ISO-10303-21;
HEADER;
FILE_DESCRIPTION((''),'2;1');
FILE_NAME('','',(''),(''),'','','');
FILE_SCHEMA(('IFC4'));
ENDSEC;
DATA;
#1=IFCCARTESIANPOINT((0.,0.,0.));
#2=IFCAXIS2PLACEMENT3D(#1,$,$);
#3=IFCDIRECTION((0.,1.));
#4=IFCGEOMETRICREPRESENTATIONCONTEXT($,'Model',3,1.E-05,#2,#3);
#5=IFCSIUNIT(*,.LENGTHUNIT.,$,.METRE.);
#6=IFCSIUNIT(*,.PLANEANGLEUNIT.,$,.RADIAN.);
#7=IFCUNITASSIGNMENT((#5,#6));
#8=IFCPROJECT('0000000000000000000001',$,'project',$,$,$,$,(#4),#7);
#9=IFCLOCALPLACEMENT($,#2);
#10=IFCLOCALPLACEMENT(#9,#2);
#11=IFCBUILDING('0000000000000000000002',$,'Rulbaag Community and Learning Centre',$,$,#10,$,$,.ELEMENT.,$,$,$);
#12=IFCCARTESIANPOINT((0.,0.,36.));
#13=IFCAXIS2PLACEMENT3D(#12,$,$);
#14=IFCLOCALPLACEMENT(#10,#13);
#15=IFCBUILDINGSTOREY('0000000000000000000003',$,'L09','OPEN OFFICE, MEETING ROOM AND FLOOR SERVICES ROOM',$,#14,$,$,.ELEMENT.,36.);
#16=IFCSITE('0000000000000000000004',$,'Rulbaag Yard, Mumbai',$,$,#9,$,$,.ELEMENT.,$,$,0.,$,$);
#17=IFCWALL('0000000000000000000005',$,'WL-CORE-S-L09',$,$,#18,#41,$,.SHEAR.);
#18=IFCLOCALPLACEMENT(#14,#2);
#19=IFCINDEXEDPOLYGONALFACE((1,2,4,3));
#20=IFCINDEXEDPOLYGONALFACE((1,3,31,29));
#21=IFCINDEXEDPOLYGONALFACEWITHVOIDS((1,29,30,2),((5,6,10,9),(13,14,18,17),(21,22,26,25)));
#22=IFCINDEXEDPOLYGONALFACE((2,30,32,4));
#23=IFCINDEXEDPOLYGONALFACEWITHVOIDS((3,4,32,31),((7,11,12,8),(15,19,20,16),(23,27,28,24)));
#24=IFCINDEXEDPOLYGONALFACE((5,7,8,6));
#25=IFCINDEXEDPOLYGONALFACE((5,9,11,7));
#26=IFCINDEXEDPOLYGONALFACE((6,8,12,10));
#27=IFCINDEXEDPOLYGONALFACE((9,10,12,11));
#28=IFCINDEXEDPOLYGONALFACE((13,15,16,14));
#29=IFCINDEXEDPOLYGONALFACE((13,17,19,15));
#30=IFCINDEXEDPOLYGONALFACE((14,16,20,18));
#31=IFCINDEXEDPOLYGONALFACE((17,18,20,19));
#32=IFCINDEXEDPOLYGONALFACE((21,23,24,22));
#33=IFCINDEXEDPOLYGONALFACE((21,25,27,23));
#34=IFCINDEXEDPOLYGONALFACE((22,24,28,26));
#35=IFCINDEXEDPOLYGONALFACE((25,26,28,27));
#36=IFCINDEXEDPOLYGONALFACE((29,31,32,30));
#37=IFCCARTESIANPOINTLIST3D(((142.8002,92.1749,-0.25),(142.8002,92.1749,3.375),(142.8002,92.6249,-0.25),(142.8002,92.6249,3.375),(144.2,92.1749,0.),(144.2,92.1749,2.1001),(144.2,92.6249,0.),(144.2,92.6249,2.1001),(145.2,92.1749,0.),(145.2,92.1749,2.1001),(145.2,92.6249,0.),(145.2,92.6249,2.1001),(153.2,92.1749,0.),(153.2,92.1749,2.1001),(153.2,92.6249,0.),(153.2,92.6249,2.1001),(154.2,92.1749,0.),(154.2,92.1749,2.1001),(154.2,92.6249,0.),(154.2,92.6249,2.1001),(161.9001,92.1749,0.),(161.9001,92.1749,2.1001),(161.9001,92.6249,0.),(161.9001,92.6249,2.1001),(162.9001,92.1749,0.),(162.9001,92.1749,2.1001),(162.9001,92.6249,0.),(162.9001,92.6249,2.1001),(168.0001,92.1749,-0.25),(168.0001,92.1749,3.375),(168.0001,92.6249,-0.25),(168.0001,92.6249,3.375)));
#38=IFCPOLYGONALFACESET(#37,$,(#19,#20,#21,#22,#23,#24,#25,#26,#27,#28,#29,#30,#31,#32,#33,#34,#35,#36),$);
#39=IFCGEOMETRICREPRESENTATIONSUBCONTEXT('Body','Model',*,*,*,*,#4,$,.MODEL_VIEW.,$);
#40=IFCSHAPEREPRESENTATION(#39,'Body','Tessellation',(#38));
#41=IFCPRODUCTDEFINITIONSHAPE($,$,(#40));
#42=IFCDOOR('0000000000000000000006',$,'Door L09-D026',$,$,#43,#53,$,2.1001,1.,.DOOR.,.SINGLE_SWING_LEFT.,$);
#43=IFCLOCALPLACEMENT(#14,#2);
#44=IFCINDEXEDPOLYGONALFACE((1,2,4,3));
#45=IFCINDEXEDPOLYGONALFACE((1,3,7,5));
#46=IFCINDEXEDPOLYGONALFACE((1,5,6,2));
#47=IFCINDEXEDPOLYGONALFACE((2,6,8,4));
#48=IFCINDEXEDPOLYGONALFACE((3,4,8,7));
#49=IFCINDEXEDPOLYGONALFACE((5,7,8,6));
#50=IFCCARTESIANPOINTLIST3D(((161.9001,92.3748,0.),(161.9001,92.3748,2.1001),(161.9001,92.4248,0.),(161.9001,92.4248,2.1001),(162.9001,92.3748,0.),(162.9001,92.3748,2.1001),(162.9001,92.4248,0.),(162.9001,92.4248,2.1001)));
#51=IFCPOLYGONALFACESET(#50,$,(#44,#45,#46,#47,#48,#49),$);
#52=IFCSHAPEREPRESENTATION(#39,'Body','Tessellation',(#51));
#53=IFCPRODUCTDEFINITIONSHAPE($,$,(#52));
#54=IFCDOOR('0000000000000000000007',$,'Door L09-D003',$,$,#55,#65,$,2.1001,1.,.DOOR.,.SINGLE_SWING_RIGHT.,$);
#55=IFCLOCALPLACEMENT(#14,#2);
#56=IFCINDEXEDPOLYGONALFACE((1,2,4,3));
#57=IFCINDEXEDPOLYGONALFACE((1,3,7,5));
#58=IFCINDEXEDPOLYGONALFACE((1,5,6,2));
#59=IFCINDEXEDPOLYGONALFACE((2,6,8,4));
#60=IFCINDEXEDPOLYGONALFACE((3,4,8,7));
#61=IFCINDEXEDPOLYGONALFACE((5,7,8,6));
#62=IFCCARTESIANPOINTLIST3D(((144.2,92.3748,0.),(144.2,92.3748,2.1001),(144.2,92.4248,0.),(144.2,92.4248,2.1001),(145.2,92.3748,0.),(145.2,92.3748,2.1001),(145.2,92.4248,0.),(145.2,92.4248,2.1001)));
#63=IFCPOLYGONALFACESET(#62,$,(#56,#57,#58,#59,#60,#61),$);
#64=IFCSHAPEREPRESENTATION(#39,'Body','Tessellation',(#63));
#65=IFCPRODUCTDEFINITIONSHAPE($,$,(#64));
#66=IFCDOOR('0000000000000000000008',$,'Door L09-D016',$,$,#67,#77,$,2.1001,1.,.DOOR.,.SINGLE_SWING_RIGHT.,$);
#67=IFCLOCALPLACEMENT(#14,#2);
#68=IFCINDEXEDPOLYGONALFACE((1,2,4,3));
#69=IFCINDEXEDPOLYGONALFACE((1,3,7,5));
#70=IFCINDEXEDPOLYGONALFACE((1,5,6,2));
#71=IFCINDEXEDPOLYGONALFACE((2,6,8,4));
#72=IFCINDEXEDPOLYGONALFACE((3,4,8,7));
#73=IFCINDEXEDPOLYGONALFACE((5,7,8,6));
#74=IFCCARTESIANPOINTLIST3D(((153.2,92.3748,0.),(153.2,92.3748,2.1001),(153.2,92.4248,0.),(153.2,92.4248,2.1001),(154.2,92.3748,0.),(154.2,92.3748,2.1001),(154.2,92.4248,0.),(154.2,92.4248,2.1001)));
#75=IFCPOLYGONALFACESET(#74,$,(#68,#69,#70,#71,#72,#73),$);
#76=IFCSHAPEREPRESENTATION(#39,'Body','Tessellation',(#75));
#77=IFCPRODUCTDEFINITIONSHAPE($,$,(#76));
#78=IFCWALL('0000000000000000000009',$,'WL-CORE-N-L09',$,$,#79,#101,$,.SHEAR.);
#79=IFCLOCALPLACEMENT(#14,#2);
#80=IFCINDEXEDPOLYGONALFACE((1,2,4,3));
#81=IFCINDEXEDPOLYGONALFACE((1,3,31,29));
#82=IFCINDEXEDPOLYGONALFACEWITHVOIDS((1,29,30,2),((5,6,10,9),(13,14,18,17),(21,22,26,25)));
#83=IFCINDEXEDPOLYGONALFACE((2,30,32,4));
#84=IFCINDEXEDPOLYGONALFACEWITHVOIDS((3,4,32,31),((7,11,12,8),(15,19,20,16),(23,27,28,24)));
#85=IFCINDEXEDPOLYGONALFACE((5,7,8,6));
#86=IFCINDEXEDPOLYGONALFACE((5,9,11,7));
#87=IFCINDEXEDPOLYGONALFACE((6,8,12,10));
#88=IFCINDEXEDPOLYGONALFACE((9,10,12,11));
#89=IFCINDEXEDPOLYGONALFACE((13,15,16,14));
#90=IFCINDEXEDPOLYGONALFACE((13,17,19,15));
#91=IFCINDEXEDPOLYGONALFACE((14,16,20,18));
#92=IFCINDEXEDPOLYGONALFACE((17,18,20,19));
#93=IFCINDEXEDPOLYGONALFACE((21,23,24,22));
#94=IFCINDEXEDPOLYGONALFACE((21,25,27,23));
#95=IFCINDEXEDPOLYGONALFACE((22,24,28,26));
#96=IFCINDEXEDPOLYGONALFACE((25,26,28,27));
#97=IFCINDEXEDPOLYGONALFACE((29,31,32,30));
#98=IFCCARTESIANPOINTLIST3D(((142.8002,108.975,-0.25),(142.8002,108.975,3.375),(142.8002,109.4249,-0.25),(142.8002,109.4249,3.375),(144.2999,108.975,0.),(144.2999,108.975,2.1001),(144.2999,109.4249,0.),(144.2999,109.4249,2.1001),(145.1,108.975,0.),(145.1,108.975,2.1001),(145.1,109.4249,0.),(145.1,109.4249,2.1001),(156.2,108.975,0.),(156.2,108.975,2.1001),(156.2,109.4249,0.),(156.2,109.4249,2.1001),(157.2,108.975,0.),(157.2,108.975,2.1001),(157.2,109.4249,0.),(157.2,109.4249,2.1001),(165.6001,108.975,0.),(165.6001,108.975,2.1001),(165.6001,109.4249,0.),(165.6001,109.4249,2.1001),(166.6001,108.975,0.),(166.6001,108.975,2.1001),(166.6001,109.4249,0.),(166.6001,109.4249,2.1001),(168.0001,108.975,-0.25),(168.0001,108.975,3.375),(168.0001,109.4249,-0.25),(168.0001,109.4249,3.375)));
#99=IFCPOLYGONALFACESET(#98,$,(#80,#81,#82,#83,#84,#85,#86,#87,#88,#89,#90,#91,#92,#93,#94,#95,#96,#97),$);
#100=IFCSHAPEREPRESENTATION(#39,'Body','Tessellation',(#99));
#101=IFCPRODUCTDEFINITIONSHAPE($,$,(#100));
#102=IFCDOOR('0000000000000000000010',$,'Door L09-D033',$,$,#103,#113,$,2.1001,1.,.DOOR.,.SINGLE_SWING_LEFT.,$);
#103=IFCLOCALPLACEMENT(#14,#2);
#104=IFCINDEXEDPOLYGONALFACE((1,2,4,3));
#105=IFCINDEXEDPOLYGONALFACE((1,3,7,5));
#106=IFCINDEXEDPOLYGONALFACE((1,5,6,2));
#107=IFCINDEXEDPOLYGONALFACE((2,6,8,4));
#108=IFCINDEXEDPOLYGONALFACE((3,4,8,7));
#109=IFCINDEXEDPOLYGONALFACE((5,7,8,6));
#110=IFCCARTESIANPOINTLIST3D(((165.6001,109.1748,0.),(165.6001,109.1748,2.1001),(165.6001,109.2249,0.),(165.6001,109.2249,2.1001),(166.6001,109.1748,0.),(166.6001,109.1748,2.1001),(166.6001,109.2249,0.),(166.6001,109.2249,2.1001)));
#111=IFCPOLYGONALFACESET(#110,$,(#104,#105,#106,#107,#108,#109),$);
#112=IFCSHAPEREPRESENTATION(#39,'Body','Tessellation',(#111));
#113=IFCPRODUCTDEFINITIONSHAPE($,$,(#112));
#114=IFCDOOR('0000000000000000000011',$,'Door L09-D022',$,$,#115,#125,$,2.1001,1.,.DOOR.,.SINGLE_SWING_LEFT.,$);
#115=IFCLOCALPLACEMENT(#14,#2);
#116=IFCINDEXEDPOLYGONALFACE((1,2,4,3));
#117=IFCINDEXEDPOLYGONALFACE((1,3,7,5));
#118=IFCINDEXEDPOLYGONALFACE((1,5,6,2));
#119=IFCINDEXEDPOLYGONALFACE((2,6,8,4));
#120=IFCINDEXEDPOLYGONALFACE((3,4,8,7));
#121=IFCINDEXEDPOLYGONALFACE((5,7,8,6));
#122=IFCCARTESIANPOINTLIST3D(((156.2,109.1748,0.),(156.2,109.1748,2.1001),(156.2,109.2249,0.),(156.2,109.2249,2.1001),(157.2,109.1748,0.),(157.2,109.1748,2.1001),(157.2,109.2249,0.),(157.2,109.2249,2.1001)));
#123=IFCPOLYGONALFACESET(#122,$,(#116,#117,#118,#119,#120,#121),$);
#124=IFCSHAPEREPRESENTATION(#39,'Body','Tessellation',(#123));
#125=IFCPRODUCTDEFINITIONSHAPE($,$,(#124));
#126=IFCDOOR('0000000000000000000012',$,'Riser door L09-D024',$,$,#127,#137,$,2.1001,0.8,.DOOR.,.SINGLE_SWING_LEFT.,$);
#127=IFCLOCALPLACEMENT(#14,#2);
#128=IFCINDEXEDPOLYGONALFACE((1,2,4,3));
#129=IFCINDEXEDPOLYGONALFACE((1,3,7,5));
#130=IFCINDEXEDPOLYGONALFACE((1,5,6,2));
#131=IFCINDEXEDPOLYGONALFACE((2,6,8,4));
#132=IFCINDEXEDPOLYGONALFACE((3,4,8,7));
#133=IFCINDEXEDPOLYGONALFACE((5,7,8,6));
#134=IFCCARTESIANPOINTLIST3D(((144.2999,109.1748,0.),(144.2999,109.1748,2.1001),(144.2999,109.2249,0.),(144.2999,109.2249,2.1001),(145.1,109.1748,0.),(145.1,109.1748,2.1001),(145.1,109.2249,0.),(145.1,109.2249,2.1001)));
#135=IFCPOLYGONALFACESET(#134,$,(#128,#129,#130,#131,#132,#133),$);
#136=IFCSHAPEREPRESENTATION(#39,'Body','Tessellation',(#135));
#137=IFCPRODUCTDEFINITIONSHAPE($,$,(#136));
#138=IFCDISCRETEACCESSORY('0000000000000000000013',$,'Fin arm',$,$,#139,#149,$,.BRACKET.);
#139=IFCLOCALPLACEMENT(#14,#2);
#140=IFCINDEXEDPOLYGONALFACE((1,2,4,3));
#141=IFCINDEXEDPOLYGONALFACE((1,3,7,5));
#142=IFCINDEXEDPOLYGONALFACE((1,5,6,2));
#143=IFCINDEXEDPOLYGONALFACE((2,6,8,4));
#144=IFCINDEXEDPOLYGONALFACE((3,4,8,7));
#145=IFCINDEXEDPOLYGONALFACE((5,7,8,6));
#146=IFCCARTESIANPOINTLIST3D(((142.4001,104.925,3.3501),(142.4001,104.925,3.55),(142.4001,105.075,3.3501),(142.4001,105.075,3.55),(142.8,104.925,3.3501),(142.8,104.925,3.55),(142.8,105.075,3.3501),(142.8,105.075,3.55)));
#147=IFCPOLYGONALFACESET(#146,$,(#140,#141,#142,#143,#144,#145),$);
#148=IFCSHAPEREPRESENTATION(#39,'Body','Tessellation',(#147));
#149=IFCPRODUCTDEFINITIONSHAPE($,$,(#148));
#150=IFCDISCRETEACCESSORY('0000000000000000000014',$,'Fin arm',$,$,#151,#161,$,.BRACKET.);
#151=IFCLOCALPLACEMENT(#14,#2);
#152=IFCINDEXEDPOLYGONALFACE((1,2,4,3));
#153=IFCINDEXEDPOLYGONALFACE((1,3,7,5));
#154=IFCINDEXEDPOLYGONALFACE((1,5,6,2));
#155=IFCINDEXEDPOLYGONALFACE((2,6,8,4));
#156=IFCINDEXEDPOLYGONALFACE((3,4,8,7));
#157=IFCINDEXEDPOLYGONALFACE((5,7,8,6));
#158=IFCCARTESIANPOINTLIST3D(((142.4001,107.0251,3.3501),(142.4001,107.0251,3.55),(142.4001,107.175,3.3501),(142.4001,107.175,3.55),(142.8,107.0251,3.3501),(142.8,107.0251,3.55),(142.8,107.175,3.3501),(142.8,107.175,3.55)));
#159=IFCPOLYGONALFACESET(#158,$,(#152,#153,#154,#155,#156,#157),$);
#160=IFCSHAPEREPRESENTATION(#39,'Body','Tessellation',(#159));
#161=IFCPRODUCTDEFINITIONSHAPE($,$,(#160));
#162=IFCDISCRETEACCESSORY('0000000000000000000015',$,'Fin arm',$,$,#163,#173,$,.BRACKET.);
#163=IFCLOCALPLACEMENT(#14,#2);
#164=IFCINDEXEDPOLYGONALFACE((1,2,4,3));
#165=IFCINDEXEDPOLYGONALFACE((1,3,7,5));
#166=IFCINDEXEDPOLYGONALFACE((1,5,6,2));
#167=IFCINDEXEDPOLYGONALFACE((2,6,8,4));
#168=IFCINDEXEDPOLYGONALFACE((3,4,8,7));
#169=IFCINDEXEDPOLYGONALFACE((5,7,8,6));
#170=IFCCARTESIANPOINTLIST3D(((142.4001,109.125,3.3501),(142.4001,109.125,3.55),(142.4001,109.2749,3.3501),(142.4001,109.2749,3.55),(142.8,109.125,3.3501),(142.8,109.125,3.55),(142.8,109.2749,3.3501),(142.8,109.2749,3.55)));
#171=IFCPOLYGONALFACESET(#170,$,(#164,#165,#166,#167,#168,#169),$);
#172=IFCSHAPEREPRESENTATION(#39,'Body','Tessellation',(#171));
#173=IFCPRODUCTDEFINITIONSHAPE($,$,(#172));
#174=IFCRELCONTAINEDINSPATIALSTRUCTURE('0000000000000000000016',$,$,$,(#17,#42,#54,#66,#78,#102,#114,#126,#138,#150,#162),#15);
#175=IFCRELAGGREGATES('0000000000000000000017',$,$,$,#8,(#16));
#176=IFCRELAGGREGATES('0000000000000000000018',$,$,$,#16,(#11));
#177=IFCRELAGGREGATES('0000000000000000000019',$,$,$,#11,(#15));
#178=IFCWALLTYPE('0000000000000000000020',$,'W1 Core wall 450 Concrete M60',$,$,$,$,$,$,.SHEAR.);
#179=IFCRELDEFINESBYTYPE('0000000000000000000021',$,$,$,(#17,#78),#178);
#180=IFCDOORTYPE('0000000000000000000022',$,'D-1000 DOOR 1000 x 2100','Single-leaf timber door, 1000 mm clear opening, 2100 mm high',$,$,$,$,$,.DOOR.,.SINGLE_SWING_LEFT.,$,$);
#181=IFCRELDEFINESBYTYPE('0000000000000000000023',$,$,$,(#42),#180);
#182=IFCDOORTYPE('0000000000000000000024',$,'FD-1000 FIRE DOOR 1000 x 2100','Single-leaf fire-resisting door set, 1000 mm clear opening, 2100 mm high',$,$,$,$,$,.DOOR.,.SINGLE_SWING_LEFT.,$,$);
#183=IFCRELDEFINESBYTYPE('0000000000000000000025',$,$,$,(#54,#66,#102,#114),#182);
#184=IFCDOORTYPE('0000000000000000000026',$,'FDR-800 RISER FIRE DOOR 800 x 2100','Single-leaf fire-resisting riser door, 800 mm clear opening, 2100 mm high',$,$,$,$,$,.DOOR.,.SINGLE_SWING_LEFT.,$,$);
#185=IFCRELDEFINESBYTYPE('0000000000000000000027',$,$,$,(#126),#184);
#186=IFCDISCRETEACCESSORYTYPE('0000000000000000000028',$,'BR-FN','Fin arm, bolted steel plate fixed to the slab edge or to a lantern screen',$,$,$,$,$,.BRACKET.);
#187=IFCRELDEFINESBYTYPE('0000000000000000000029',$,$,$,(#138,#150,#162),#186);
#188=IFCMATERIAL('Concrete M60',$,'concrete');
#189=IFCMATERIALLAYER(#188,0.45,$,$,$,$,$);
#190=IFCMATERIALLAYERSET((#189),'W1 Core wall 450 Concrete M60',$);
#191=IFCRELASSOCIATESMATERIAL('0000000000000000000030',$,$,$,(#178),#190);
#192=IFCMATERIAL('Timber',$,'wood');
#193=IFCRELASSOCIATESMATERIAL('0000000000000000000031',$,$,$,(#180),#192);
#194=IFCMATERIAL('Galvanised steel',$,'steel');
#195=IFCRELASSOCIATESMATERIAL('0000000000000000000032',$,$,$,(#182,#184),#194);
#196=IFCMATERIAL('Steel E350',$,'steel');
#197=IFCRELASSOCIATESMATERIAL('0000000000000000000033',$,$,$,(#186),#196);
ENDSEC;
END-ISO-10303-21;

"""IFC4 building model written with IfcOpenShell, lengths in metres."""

from ifc_helpers import new_model, si_unit, direction, frame, frame_2d, origin, origin_2d, place, context, subcontext, project, spatial, rectangle, extrude, material, layer, layer_set, type_object, element, fill, save


model = new_model("IFC4")

# Units and contexts
model_context = context("Model", 3, precision=1e-05, world=origin(), true_north=direction((0.0, 1.0)))
body_context = subcontext(model_context, "Body", "Model", "MODEL_VIEW")
ifc_project = project(units=[si_unit("LENGTHUNIT", "METRE"), si_unit("PLANEANGLEUNIT", "RADIAN")], contexts=[model_context])

# Site, building, storey
site_placement = place(None, origin())
site = spatial("IfcSite", under=ifc_project, at=site_placement, Name="Rulbaag Yard, Mumbai", CompositionType="ELEMENT", RefElevation=0.0)
building_placement = place(site_placement, origin())
building = spatial("IfcBuilding", under=site, at=building_placement, Name="Rulbaag Community and Learning Centre", CompositionType="ELEMENT")
storey_placement = place(building_placement, frame((0.0, 0.0, 36.0)))
storey = spatial("IfcBuildingStorey", under=building, at=storey_placement, Name="L09", Description="OPEN OFFICE, MEETING ROOM AND FLOOR SERVICES ROOM", CompositionType="ELEMENT", Elevation=36.0)

# Shared definitions
ifc_material_1 = material(Name="Concrete M60", Category="concrete")

# Walls, openings, doors
ifc_layer_1 = layer(ifc_material_1, 0.45)
ifc_layer_set_1 = layer_set([ifc_layer_1], Name="W1 Core wall 450 Concrete M60")
wall_type_1 = type_object("IfcWallType", Name="W1 Core wall 450 Concrete M60", PredefinedType="SHEAR", material=ifc_layer_set_1)
wall_1_placement = place(storey_placement, frame((142.8, 92.3999, -0.25), z_axis=(0.0, 0.0, 1.0), x_axis=(1.0, 0.0, 0.0)))
wall_1 = element("IfcWall", 1, at=wall_1_placement, inside=storey, type_object=wall_type_1, Name="WL-CORE-S-L09", PredefinedType="SHEAR", context=body_context, shape_type="SweptSolid", body=[
    extrude(rectangle(XDim=25.2, YDim=0.45, at=frame_2d((12.6001, 0.0))), origin(), (0.0, 0.0, 1.0), 3.625),
])
opening_1_placement = place(wall_1_placement, frame((1.3999, 0.0, 0.25)))
opening_1 = element("IfcOpeningElement", 2, at=opening_1_placement, cuts=wall_1, PredefinedType="OPENING", context=body_context, shape_type="SweptSolid", body=[
    extrude(rectangle(XDim=1.0, YDim=2.1001, at=frame_2d((0.5, 1.05))), frame((0.0, 0.2349, 0.0), z_axis=(0.0, -1.0, 0.0), x_axis=(1.0, 0.0, 0.0)), (0.0, 0.0, 1.0), 0.47),
])
opening_2_placement = place(wall_1_placement, frame((19.1001, 0.0, 0.25)))
opening_2 = element("IfcOpeningElement", 3, at=opening_2_placement, cuts=wall_1, PredefinedType="OPENING", context=body_context, shape_type="SweptSolid", body=[
    extrude(rectangle(XDim=1.0, YDim=2.1001, at=frame_2d((0.5, 1.05))), frame((0.0, 0.2349, 0.0), z_axis=(0.0, -1.0, 0.0), x_axis=(1.0, 0.0, 0.0)), (0.0, 0.0, 1.0), 0.47),
])
opening_3_placement = place(wall_1_placement, frame((10.3999, 0.0, 0.25)))
opening_3 = element("IfcOpeningElement", 4, at=opening_3_placement, cuts=wall_1, PredefinedType="OPENING", context=body_context, shape_type="SweptSolid", body=[
    extrude(rectangle(XDim=1.0, YDim=2.1001, at=frame_2d((0.5, 1.05))), frame((0.0, 0.2349, 0.0), z_axis=(0.0, -1.0, 0.0), x_axis=(1.0, 0.0, 0.0)), (0.0, 0.0, 1.0), 0.47),
])
ifc_material_2 = material(Name="Timber", Category="wood")
door_type_1 = type_object("IfcDoorType", Name="D-1000 DOOR 1000 x 2100", Description="Single-leaf timber door, 1000 mm clear opening, 2100 mm high", OperationType="SINGLE_SWING_LEFT", PredefinedType="DOOR", material=ifc_material_2)
door_1_placement = place(opening_2_placement, origin())
door_1 = element("IfcDoor", 5, at=door_1_placement, inside=storey, type_object=door_type_1, Name="Door L09-D026", OperationType="SINGLE_SWING_LEFT", OverallHeight=2.1001, OverallWidth=1.0, PredefinedType="DOOR", context=body_context, shape_type="SweptSolid", body=[
    extrude(rectangle(XDim=1.0, YDim=2.1001, at=frame_2d((0.5, 1.05))), frame((0.0, 0.0249, 0.0), z_axis=(0.0, -1.0, 0.0), x_axis=(1.0, 0.0, 0.0)), (0.0, 0.0, 1.0), 0.05),
])
fill(opening_2, door_1)
ifc_material_3 = material(Name="Galvanised steel", Category="steel")
door_type_2 = type_object("IfcDoorType", Name="FD-1000 FIRE DOOR 1000 x 2100", Description="Single-leaf fire-resisting door set, 1000 mm clear opening, 2100 mm high", OperationType="SINGLE_SWING_LEFT", PredefinedType="DOOR", material=ifc_material_3)
door_2_placement = place(opening_1_placement, origin())
door_2 = element("IfcDoor", 6, at=door_2_placement, inside=storey, type_object=door_type_2, Name="Door L09-D003", OperationType="SINGLE_SWING_RIGHT", OverallHeight=2.1001, OverallWidth=1.0, PredefinedType="DOOR", context=body_context, shape_type="SweptSolid", body=[
    extrude(rectangle(XDim=1.0, YDim=2.1001, at=frame_2d((0.5, 1.05))), frame((0.0, 0.0249, 0.0), z_axis=(0.0, -1.0, 0.0), x_axis=(1.0, 0.0, 0.0)), (0.0, 0.0, 1.0), 0.05),
])
fill(opening_1, door_2)
door_3_placement = place(opening_3_placement, origin())
door_3 = element("IfcDoor", 7, at=door_3_placement, inside=storey, type_object=door_type_2, Name="Door L09-D016", OperationType="SINGLE_SWING_RIGHT", OverallHeight=2.1001, OverallWidth=1.0, PredefinedType="DOOR", context=body_context, shape_type="SweptSolid", body=[
    extrude(rectangle(XDim=1.0, YDim=2.1001, at=frame_2d((0.5, 1.05))), frame((0.0, 0.0249, 0.0), z_axis=(0.0, -1.0, 0.0), x_axis=(1.0, 0.0, 0.0)), (0.0, 0.0, 1.0), 0.05),
])
fill(opening_3, door_3)
wall_2_placement = place(storey_placement, frame((142.8, 109.2, -0.25), z_axis=(0.0, 0.0, 1.0), x_axis=(1.0, 0.0, 0.0)))
wall_2 = element("IfcWall", 8, at=wall_2_placement, inside=storey, type_object=wall_type_1, Name="WL-CORE-N-L09", PredefinedType="SHEAR", context=body_context, shape_type="SweptSolid", body=[
    extrude(rectangle(XDim=25.2, YDim=0.45, at=frame_2d((12.6001, 0.0))), origin(), (0.0, 0.0, 1.0), 3.625),
])
opening_4_placement = place(wall_2_placement, frame((22.8, 0.0, 0.25)))
opening_4 = element("IfcOpeningElement", 9, at=opening_4_placement, cuts=wall_2, PredefinedType="OPENING", context=body_context, shape_type="SweptSolid", body=[
    extrude(rectangle(XDim=1.0, YDim=2.1001, at=frame_2d((0.5, 1.05))), frame((0.0, 0.2349, 0.0), z_axis=(0.0, -1.0, 0.0), x_axis=(1.0, 0.0, 0.0)), (0.0, 0.0, 1.0), 0.47),
])
opening_5_placement = place(wall_2_placement, frame((1.5, 0.0, 0.25)))
opening_5 = element("IfcOpeningElement", 10, at=opening_5_placement, cuts=wall_2, PredefinedType="OPENING", context=body_context, shape_type="SweptSolid", body=[
    extrude(rectangle(XDim=0.8, YDim=2.1001, at=frame_2d((0.3999, 1.05))), frame((0.0, 0.2349, 0.0), z_axis=(0.0, -1.0, 0.0), x_axis=(1.0, 0.0, 0.0)), (0.0, 0.0, 1.0), 0.47),
])
opening_6_placement = place(wall_2_placement, frame((13.3999, 0.0, 0.25)))
opening_6 = element("IfcOpeningElement", 11, at=opening_6_placement, cuts=wall_2, PredefinedType="OPENING", context=body_context, shape_type="SweptSolid", body=[
    extrude(rectangle(XDim=1.0, YDim=2.1001, at=frame_2d((0.5, 1.05))), frame((0.0, 0.2349, 0.0), z_axis=(0.0, -1.0, 0.0), x_axis=(1.0, 0.0, 0.0)), (0.0, 0.0, 1.0), 0.47),
])
door_4_placement = place(opening_4_placement, origin())
door_4 = element("IfcDoor", 12, at=door_4_placement, inside=storey, type_object=door_type_2, Name="Door L09-D033", OperationType="SINGLE_SWING_LEFT", OverallHeight=2.1001, OverallWidth=1.0, PredefinedType="DOOR", context=body_context, shape_type="SweptSolid", body=[
    extrude(rectangle(XDim=1.0, YDim=2.1001, at=frame_2d((0.5, 1.05))), frame((0.0, 0.0249, 0.0), z_axis=(0.0, -1.0, 0.0), x_axis=(1.0, 0.0, 0.0)), (0.0, 0.0, 1.0), 0.05),
])
fill(opening_4, door_4)
door_5_placement = place(opening_6_placement, origin())
door_5 = element("IfcDoor", 13, at=door_5_placement, inside=storey, type_object=door_type_2, Name="Door L09-D022", OperationType="SINGLE_SWING_LEFT", OverallHeight=2.1001, OverallWidth=1.0, PredefinedType="DOOR", context=body_context, shape_type="SweptSolid", body=[
    extrude(rectangle(XDim=1.0, YDim=2.1001, at=frame_2d((0.5, 1.05))), frame((0.0, 0.0249, 0.0), z_axis=(0.0, -1.0, 0.0), x_axis=(1.0, 0.0, 0.0)), (0.0, 0.0, 1.0), 0.05),
])
fill(opening_6, door_5)
door_type_3 = type_object("IfcDoorType", Name="FDR-800 RISER FIRE DOOR 800 x 2100", Description="Single-leaf fire-resisting riser door, 800 mm clear opening, 2100 mm high", OperationType="SINGLE_SWING_LEFT", PredefinedType="DOOR", material=ifc_material_3)
door_6_placement = place(opening_5_placement, origin())
door_6 = element("IfcDoor", 14, at=door_6_placement, inside=storey, type_object=door_type_3, Name="Riser door L09-D024", OperationType="SINGLE_SWING_LEFT", OverallHeight=2.1001, OverallWidth=0.8, PredefinedType="DOOR", context=body_context, shape_type="SweptSolid", body=[
    extrude(rectangle(XDim=0.8, YDim=2.1001, at=frame_2d((0.3999, 1.05))), frame((0.0, 0.0249, 0.0), z_axis=(0.0, -1.0, 0.0), x_axis=(1.0, 0.0, 0.0)), (0.0, 0.0, 1.0), 0.05),
])
fill(opening_5, door_6)

# Discrete accessories
ifc_material_4 = material(Name="Steel E350", Category="steel")
discrete_accessory_type = type_object("IfcDiscreteAccessoryType", Name="BR-FN", Description="Fin arm, bolted steel plate fixed to the slab edge or to a lantern screen", PredefinedType="BRACKET", material=ifc_material_4)
for number, where, z_axis, x_axis, name in (
    (15, (142.6001, 105.0, 3.3501), (0.0, 0.0, 1.0), (1.0, 0.0, 0.0), "Fin arm"),
    (16, (142.6001, 107.1001, 3.3501), (0.0, 0.0, 1.0), (1.0, 0.0, 0.0), "Fin arm"),
    (17, (142.6001, 109.2, 3.3501), (0.0, 0.0, 1.0), (1.0, 0.0, 0.0), "Fin arm"),
):
    element("IfcDiscreteAccessory", number, at=place(storey_placement, frame(where, z_axis=z_axis, x_axis=x_axis)), inside=storey, type_object=discrete_accessory_type, Name=name, PredefinedType="BRACKET", context=body_context, shape_type="SweptSolid", body=[
        extrude(rectangle(XDim=0.3999, YDim=0.1499, at=origin_2d()), origin(), (0.0, 0.0, 1.0), 0.2),
    ])

save(model, "model.ifc")
